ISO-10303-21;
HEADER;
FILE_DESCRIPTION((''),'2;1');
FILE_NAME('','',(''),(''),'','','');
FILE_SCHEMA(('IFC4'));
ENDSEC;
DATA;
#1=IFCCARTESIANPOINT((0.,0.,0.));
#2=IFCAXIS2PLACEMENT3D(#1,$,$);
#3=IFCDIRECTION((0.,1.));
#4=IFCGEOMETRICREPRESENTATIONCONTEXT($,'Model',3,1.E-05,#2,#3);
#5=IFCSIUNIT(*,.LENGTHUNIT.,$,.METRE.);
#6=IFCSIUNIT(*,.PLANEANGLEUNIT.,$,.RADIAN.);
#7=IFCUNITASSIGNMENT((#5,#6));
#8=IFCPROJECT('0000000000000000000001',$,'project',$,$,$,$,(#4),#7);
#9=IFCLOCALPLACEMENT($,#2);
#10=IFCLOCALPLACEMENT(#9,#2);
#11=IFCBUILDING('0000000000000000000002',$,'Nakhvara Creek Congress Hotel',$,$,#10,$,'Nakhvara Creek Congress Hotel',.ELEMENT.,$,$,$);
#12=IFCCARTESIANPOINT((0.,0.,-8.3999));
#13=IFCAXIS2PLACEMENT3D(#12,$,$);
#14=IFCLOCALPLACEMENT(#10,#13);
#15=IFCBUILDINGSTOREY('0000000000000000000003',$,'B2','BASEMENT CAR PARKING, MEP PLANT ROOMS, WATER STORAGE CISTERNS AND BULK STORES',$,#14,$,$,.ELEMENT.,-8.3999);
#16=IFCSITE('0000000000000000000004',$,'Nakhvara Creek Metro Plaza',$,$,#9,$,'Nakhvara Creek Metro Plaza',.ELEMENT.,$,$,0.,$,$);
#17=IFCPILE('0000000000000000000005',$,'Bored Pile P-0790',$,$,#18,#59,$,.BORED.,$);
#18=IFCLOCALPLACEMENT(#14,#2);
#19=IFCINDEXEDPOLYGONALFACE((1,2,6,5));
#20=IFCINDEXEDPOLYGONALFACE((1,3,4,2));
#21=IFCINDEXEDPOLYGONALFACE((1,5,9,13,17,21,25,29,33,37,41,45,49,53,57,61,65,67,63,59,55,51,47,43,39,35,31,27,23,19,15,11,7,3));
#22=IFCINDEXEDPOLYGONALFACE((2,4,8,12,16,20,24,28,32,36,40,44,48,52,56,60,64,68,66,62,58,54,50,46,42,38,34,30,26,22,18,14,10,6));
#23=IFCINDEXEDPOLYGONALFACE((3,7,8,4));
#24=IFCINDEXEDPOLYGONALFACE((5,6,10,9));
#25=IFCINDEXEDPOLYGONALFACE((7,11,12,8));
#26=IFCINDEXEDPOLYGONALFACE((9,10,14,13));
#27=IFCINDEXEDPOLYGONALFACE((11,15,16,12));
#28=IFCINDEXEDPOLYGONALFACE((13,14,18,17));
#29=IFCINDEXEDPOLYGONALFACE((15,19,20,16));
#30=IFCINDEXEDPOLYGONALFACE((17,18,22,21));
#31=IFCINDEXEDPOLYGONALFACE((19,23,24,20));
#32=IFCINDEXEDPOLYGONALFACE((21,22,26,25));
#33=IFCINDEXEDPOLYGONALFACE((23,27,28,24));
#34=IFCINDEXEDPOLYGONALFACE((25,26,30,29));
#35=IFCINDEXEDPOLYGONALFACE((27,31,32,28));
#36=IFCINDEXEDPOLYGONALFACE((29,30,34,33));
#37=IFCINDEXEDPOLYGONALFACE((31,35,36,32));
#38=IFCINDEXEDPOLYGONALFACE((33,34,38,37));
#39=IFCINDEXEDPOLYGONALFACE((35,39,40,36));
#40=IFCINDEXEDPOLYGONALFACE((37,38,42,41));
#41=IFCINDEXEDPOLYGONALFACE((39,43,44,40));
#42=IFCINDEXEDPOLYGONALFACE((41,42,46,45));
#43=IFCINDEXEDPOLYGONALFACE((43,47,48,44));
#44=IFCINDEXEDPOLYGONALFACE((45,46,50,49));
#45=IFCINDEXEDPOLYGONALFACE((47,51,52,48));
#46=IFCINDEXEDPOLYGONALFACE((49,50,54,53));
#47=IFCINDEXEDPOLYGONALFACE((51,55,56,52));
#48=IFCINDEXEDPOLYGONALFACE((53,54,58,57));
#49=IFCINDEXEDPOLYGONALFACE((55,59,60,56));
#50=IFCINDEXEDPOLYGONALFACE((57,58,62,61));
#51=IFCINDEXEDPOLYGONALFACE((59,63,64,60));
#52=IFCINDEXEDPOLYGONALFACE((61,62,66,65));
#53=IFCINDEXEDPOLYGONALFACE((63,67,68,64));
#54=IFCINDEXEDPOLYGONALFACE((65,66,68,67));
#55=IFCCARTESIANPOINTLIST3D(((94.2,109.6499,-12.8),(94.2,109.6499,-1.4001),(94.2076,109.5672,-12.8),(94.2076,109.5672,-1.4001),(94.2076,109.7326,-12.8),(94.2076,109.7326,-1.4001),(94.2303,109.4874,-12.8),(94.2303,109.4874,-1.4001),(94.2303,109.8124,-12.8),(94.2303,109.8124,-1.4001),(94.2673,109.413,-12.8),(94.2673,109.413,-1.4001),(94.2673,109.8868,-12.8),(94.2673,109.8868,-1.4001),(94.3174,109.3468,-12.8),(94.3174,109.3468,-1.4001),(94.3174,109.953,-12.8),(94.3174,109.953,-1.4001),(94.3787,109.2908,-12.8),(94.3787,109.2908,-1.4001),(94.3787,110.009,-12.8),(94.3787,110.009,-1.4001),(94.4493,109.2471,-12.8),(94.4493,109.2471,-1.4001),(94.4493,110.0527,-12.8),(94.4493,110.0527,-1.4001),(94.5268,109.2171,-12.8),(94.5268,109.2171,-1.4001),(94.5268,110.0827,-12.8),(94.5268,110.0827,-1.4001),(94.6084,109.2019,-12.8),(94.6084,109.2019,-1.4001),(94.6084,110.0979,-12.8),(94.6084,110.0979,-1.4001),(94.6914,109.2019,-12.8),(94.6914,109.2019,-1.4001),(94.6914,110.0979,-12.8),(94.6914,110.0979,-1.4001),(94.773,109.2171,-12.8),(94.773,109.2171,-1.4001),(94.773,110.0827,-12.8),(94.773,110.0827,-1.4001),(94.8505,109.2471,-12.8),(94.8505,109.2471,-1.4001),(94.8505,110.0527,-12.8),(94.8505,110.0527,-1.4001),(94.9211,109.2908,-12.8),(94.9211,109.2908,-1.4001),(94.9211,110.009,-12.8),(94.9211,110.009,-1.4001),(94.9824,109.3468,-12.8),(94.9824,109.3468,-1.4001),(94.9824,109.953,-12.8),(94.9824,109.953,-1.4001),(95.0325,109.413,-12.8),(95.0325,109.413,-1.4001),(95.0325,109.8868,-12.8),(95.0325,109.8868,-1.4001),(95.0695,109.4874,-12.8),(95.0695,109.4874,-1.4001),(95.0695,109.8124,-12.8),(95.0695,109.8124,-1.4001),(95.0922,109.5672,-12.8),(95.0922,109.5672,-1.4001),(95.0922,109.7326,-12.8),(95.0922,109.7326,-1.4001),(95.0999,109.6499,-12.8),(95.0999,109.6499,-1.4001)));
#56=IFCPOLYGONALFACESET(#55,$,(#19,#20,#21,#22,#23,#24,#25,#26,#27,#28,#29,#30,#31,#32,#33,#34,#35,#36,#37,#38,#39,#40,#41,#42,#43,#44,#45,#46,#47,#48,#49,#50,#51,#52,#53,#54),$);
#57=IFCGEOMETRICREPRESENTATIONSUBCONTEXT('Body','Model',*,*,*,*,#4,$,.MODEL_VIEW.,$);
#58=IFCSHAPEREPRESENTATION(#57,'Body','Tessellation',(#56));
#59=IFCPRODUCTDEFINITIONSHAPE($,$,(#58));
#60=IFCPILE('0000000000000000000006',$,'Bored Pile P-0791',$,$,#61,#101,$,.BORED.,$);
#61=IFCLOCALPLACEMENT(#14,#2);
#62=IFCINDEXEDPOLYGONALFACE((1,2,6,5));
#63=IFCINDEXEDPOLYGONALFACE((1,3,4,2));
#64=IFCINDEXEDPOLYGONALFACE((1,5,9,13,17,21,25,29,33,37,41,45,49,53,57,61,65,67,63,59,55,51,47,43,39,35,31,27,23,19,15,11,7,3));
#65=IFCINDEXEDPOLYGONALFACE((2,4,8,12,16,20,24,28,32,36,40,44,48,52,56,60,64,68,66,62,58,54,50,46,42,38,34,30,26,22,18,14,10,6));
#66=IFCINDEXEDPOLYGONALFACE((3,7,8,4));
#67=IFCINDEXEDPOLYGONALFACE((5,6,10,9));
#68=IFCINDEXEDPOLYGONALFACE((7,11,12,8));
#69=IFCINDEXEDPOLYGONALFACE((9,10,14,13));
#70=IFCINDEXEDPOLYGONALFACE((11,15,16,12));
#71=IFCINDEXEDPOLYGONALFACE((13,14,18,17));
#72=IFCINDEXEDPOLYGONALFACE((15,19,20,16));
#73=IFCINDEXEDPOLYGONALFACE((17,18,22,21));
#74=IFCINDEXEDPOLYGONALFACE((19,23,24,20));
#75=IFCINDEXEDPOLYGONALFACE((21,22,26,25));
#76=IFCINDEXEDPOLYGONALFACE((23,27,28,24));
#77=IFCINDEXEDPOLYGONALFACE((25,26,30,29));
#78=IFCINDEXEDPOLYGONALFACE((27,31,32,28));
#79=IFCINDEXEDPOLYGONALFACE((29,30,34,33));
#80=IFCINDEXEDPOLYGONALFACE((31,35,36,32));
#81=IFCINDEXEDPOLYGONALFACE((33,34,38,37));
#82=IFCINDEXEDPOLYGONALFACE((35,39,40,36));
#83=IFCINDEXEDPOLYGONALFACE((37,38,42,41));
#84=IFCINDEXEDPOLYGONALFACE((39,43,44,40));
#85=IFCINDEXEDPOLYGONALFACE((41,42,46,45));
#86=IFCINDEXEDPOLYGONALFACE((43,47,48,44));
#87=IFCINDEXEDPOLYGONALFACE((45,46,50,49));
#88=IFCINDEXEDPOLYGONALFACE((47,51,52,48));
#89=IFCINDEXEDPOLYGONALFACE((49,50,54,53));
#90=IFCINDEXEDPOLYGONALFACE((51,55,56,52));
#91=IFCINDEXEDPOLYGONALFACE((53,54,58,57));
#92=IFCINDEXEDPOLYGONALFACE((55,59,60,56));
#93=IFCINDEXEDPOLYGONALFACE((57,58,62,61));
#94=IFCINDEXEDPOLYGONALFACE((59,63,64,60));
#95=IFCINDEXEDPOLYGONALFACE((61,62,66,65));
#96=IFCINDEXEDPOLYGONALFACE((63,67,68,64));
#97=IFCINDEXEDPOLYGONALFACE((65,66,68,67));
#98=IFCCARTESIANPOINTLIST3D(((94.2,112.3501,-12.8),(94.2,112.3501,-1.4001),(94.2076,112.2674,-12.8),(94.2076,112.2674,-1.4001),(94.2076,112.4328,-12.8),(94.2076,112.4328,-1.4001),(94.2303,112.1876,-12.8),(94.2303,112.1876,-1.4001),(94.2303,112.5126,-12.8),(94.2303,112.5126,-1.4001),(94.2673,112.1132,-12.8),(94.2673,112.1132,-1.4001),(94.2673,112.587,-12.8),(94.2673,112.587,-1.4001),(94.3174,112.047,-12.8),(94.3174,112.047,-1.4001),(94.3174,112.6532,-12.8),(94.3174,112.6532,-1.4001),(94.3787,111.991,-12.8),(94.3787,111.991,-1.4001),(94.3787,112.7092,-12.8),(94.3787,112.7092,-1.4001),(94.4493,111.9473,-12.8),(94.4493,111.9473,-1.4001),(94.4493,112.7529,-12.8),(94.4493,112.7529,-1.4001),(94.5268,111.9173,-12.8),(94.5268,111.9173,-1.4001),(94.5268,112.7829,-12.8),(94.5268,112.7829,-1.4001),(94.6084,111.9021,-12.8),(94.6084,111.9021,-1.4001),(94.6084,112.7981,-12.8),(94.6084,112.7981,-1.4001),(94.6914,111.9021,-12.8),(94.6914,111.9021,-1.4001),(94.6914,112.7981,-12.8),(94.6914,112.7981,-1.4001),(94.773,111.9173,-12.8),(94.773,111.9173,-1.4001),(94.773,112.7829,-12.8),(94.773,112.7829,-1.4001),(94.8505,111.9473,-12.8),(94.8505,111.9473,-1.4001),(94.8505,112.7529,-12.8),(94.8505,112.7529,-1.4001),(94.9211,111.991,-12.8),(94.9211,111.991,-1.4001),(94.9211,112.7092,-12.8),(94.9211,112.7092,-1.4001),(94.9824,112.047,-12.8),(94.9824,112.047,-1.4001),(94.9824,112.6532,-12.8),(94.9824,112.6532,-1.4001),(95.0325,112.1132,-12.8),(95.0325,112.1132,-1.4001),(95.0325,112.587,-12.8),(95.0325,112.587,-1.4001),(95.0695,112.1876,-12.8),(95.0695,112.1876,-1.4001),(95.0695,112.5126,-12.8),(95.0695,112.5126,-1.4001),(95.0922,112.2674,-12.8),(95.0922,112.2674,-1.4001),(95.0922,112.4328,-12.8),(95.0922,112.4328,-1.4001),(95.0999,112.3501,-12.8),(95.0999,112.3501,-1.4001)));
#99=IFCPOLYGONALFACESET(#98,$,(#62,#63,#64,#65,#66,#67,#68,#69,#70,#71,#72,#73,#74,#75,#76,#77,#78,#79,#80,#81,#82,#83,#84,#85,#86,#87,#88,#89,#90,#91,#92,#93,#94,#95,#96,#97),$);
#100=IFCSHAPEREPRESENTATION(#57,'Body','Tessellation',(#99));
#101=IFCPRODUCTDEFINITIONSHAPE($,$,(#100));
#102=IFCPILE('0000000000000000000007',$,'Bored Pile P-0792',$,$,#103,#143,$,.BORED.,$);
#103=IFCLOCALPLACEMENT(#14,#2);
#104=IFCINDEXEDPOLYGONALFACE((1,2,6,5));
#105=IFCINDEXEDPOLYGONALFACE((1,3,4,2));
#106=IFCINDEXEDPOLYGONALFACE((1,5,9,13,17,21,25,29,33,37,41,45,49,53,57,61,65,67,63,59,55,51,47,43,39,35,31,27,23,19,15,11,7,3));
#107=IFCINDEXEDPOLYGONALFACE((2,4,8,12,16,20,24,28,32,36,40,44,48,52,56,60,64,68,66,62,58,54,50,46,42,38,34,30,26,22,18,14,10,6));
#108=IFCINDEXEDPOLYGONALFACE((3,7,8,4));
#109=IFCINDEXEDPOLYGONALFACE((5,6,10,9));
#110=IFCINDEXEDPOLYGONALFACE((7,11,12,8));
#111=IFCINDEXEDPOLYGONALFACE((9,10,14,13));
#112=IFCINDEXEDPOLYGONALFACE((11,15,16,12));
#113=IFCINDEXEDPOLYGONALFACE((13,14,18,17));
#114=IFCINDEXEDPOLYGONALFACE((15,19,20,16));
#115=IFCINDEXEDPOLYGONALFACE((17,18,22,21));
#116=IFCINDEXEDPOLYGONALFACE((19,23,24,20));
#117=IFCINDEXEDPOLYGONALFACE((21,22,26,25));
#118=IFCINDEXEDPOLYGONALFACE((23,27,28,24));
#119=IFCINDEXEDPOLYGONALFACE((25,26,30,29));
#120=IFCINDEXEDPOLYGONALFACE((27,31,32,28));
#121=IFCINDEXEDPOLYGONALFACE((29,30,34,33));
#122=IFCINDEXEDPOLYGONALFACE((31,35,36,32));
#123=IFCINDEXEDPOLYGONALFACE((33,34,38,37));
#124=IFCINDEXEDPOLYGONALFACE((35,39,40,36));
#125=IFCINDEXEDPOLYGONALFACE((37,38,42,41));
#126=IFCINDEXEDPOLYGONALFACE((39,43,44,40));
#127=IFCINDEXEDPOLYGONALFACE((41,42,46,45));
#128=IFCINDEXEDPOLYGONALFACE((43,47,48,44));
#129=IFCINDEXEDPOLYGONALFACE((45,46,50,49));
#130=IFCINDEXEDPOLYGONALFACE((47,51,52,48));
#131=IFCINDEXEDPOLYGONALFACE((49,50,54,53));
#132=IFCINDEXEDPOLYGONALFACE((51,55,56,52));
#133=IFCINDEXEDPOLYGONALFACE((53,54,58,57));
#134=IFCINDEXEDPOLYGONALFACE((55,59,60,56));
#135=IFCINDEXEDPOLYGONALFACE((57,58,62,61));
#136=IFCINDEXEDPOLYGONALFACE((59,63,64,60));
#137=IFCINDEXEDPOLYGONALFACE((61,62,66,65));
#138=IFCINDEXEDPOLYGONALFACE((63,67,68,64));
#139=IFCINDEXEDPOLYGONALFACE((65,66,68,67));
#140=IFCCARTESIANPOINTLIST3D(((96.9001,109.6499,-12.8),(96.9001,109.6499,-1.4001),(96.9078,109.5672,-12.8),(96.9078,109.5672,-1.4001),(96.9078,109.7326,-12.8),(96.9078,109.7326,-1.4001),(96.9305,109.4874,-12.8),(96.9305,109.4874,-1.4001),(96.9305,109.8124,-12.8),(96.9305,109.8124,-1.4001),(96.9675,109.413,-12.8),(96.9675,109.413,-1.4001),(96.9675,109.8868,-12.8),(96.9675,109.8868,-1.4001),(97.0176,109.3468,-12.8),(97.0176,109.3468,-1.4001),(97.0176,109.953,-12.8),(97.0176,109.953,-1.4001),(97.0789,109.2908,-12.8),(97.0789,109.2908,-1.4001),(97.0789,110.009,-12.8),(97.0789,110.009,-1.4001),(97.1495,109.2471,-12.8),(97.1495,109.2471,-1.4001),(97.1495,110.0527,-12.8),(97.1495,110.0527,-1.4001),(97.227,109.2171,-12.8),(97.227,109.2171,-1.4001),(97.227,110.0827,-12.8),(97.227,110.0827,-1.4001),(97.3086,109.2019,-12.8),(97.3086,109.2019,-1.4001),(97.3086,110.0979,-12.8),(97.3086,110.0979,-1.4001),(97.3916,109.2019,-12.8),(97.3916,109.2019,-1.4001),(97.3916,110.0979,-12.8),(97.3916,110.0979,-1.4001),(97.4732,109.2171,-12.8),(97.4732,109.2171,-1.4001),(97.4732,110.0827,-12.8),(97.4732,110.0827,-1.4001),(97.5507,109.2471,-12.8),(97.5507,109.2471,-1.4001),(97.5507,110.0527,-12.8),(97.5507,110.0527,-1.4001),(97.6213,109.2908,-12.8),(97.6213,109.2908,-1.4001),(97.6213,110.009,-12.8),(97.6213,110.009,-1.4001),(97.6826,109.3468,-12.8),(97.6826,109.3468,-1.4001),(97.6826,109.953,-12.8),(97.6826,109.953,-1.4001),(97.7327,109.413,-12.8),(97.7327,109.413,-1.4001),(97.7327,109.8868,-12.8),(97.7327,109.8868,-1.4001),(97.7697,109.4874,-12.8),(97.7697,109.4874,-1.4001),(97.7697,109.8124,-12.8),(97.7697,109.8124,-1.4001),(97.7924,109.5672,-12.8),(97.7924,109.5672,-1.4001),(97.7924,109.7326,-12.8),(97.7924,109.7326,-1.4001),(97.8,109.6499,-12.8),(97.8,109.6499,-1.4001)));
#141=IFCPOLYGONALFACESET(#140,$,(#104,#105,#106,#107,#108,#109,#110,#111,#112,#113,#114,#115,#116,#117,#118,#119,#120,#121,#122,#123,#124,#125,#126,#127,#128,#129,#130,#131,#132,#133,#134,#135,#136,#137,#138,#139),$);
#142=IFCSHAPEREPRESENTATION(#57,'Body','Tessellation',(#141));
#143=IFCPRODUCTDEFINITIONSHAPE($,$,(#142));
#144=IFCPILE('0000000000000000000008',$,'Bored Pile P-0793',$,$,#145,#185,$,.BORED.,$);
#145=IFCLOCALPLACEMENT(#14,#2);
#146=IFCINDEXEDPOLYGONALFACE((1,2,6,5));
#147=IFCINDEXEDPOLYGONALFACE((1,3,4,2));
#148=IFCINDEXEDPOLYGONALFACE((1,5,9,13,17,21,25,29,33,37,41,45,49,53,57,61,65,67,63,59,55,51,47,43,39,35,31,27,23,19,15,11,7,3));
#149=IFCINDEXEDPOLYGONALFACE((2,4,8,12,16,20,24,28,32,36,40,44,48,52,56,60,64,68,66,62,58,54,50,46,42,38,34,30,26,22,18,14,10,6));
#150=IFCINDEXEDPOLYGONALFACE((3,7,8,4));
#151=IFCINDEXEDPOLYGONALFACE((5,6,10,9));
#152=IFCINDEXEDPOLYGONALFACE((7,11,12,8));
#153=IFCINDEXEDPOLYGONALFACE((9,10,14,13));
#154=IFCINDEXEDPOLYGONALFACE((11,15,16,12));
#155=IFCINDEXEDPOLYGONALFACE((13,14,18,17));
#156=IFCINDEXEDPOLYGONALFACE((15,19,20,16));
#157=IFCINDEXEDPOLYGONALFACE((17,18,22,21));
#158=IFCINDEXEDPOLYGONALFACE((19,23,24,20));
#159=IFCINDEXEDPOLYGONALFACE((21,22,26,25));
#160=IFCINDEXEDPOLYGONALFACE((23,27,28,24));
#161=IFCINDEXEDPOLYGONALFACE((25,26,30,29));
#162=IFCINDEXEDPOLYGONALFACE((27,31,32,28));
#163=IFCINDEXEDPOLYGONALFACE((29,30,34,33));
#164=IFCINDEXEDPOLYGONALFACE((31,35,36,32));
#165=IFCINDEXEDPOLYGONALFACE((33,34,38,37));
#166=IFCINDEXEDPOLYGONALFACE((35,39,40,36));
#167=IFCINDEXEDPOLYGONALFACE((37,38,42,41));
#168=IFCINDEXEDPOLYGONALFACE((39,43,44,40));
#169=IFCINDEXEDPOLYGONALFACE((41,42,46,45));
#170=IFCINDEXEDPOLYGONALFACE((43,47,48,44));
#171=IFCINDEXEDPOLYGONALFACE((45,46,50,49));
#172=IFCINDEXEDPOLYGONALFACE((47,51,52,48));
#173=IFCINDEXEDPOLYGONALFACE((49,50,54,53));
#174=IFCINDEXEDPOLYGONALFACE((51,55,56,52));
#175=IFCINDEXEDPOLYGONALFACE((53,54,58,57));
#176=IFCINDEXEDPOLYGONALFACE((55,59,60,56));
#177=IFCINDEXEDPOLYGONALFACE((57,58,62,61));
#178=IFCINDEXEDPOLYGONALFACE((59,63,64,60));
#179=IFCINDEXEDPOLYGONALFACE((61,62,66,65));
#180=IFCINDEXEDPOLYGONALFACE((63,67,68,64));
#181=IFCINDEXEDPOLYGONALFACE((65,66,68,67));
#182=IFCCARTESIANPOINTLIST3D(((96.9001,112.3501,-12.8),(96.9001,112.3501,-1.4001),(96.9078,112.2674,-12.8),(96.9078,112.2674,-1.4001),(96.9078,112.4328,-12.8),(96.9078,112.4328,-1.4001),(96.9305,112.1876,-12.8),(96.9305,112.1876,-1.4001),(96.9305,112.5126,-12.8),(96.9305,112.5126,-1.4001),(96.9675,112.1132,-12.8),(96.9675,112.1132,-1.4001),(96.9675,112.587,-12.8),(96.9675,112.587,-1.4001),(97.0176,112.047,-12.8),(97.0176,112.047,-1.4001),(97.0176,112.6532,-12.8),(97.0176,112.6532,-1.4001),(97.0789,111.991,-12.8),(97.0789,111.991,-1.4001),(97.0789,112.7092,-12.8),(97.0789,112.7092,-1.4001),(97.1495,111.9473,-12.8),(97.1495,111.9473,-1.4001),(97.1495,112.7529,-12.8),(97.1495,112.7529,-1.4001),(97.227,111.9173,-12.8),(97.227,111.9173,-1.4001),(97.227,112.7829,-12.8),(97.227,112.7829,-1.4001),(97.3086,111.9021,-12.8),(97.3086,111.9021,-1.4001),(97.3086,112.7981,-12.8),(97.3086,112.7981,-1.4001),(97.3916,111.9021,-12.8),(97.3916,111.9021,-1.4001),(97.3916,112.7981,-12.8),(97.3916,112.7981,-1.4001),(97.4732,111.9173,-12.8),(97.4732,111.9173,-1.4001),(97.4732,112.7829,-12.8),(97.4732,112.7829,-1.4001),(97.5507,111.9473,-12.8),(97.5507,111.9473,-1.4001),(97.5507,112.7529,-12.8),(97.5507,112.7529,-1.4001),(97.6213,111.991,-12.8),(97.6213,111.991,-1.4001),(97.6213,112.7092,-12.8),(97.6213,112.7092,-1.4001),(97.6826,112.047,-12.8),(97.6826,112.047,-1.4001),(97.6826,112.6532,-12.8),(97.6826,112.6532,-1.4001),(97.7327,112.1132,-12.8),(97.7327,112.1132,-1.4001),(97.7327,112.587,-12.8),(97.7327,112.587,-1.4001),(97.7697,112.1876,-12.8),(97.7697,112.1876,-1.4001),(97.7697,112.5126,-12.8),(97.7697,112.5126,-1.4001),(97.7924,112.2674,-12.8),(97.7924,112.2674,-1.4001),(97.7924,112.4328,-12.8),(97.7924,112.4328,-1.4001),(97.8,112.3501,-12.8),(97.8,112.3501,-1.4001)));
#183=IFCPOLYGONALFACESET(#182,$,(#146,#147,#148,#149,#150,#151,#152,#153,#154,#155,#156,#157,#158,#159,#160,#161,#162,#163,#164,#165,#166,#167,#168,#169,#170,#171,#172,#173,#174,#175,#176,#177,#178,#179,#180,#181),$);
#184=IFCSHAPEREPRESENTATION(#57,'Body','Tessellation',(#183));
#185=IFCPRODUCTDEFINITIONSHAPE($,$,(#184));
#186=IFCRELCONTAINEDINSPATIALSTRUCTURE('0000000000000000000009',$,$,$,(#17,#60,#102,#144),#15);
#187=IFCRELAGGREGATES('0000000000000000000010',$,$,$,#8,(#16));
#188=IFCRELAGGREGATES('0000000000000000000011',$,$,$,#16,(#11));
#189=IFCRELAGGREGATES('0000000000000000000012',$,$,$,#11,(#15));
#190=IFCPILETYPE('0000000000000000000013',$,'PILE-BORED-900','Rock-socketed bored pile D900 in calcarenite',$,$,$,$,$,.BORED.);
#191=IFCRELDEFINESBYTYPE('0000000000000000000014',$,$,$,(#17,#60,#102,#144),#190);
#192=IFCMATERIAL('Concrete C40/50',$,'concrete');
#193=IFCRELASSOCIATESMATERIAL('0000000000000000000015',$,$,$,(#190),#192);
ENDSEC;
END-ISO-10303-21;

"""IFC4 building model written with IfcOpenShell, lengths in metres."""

from ifc_helpers import new_model, si_unit, direction, frame, origin, origin_2d, place, context, subcontext, project, spatial, circle, extrude, material, material_profile, profile_set, type_object, element, save


model = new_model("IFC4")

# Units and contexts
model_context = context("Model", 3, precision=1e-05, world=origin(), true_north=direction((0.0, 1.0)))
body_context = subcontext(model_context, "Body", "Model", "MODEL_VIEW")
ifc_project = project(units=[si_unit("LENGTHUNIT", "METRE"), si_unit("PLANEANGLEUNIT", "RADIAN")], contexts=[model_context])

# Site, building, storey
site_placement = place(None, origin())
site = spatial("IfcSite", under=ifc_project, at=site_placement, Name="Nakhvara Creek Metro Plaza", LongName="Nakhvara Creek Metro Plaza", CompositionType="ELEMENT", RefElevation=0.0)
building_placement = place(site_placement, origin())
building = spatial("IfcBuilding", under=site, at=building_placement, Name="Nakhvara Creek Congress Hotel", LongName="Nakhvara Creek Congress Hotel", CompositionType="ELEMENT")
storey_placement = place(building_placement, frame((0.0, 0.0, -8.3999)))
storey = spatial("IfcBuildingStorey", under=building, at=storey_placement, Name="B2", Description="BASEMENT CAR PARKING, MEP PLANT ROOMS, WATER STORAGE CISTERNS AND BULK STORES", CompositionType="ELEMENT", Elevation=-8.3999)

# Shared definitions
ifc_material_1 = material(Name="Concrete C40/50", Category="concrete")

# Piles
ifc_material_profile_1 = material_profile(ifc_material_1, circle(Radius=0.45, at=origin_2d()), Name="BORED PILE D900", Category="LoadBearing")
ifc_profile_set_1 = profile_set([ifc_material_profile_1], Name="Concrete C40/50")
pile_type = type_object("IfcPileType", Name="PILE-BORED-900", Description="Rock-socketed bored pile D900 in calcarenite", PredefinedType="BORED", material=ifc_profile_set_1)
for number, where, z_axis, x_axis, name in (
    (1, (94.6499, 109.6499, -1.4001), (0.0, 0.0, -1.0), (1.0, 0.0, 0.0), "Bored Pile P-0790"),
    (2, (94.6499, 112.3501, -1.4001), (0.0, 0.0, -1.0), (1.0, 0.0, 0.0), "Bored Pile P-0791"),
    (3, (97.3501, 109.6499, -1.4001), (0.0, 0.0, -1.0), (1.0, 0.0, 0.0), "Bored Pile P-0792"),
    (4, (97.3501, 112.3501, -1.4001), (0.0, 0.0, -1.0), (1.0, 0.0, 0.0), "Bored Pile P-0793"),
):
    element("IfcPile", number, at=place(storey_placement, frame(where, z_axis=z_axis, x_axis=x_axis)), inside=storey, type_object=pile_type, Name=name, PredefinedType="BORED", context=body_context, shape_type="SweptSolid", body=[
        extrude(circle(Radius=0.45, at=origin_2d()), origin(), (0.0, 0.0, 1.0), 11.3999),
    ])

save(model, "model.ifc")
